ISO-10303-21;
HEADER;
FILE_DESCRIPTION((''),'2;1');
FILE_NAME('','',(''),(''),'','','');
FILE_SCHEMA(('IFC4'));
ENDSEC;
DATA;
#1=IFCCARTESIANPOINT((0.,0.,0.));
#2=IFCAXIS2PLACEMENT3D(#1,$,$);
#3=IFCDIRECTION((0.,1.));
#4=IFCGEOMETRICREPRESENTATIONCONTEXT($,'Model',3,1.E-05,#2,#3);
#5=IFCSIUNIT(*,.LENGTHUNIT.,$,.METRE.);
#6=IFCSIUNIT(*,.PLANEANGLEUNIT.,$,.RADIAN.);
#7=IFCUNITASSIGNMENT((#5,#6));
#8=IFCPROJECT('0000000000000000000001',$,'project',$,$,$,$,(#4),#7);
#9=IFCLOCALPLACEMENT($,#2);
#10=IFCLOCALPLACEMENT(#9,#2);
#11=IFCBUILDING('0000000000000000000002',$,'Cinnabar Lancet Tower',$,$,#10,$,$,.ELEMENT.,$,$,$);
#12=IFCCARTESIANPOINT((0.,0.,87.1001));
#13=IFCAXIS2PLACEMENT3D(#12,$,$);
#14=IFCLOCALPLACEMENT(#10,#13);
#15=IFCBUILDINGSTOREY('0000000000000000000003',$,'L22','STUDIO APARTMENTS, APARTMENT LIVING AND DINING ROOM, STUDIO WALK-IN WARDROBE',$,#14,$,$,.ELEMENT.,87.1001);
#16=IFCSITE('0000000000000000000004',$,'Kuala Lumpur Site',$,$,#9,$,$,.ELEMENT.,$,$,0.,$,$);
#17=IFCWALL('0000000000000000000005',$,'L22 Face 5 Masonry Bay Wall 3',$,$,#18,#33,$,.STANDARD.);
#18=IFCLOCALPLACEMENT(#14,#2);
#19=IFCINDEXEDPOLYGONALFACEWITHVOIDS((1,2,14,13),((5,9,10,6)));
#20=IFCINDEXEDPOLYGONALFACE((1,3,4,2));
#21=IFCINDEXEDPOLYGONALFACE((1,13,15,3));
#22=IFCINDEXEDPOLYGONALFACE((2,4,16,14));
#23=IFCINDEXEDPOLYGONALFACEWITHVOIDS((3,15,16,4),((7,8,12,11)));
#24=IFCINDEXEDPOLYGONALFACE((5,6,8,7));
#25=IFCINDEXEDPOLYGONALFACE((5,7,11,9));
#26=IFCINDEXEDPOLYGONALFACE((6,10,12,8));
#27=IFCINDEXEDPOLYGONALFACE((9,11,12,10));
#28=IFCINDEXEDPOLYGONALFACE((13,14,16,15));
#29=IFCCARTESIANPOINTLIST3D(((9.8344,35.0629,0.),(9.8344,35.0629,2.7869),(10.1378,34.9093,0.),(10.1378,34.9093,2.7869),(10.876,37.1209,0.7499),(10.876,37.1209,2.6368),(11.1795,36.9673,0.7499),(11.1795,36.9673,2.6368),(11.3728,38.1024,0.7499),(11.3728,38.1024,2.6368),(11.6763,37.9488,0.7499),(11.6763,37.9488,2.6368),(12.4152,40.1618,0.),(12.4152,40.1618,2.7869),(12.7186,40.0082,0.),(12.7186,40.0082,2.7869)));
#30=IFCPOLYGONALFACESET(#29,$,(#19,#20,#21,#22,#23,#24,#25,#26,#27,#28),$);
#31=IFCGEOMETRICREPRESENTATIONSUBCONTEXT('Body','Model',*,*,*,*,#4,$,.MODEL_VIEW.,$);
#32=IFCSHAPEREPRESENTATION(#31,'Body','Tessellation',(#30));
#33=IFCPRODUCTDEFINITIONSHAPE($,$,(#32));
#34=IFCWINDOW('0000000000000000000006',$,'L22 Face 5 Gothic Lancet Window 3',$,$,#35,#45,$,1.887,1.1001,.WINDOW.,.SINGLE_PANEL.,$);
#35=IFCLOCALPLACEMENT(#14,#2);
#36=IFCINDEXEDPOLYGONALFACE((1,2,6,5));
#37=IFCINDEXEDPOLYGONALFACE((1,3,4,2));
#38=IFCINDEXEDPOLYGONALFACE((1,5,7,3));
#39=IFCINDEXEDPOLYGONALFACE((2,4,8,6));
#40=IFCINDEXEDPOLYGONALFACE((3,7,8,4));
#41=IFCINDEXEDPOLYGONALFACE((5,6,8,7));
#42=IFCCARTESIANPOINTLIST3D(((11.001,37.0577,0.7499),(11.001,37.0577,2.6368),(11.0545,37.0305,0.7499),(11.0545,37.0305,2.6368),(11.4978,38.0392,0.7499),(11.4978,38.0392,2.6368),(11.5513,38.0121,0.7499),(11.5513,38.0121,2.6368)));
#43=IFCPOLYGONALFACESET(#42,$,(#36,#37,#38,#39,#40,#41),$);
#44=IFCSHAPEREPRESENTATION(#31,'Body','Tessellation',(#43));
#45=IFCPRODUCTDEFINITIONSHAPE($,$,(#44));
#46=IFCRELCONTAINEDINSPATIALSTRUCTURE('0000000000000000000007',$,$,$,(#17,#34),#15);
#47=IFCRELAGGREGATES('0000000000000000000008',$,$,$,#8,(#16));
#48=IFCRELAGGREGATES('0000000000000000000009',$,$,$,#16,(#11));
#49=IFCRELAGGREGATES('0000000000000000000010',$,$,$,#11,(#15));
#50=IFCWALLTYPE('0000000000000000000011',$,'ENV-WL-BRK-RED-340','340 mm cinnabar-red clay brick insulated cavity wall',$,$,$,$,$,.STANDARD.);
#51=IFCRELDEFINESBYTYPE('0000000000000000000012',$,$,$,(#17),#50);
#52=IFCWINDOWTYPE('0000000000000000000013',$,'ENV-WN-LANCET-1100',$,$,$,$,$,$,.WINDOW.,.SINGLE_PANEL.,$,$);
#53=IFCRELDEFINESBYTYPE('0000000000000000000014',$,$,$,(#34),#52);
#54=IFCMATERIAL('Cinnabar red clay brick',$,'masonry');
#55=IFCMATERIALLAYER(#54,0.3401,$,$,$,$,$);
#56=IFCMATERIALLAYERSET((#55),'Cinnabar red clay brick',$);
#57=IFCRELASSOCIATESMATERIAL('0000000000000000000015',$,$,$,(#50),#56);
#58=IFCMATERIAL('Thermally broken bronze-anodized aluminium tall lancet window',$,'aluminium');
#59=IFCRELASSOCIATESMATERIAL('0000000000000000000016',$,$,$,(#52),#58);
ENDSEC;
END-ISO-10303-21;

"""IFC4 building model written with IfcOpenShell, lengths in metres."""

from ifc_helpers import new_model, si_unit, direction, frame, frame_2d, origin, place, context, subcontext, project, spatial, rectangle, extrude, material, layer, layer_set, type_object, element, fill, save


model = new_model("IFC4")

# Units and contexts
model_context = context("Model", 3, precision=1e-05, world=origin(), true_north=direction((0.0, 1.0)))
body_context = subcontext(model_context, "Body", "Model", "MODEL_VIEW")
ifc_project = project(units=[si_unit("LENGTHUNIT", "METRE"), si_unit("PLANEANGLEUNIT", "RADIAN")], contexts=[model_context])

# Site, building, storey
site_placement = place(None, origin())
site = spatial("IfcSite", under=ifc_project, at=site_placement, Name="Kuala Lumpur Site", CompositionType="ELEMENT", RefElevation=0.0)
building_placement = place(site_placement, origin())
building = spatial("IfcBuilding", under=site, at=building_placement, Name="Cinnabar Lancet Tower", CompositionType="ELEMENT")
storey_placement = place(building_placement, frame((0.0, 0.0, 87.1001)))
storey = spatial("IfcBuildingStorey", under=building, at=storey_placement, Name="L22", Description="STUDIO APARTMENTS, APARTMENT LIVING AND DINING ROOM, STUDIO WALK-IN WARDROBE", CompositionType="ELEMENT", Elevation=87.1001)

# Shared definitions
ifc_material_1 = material(Name="Cinnabar red clay brick", Category="masonry")
ifc_layer_1 = layer(ifc_material_1, 0.3401)
ifc_layer_set_1 = layer_set([ifc_layer_1], Name="Cinnabar red clay brick")
wall_type_1 = type_object("IfcWallType", Name="ENV-WL-BRK-RED-340", Description="340 mm cinnabar-red clay brick insulated cavity wall", PredefinedType="STANDARD", material=ifc_layer_set_1)

# Wall, opening, window
ifc_material_2 = material(Name="Thermally broken bronze-anodized aluminium tall lancet window", Category="aluminium")
window_type = type_object("IfcWindowType", Name="ENV-WN-LANCET-1100", PartitioningType="SINGLE_PANEL", PredefinedType="WINDOW", material=ifc_material_2)
wall_1_placement = place(storey_placement, frame((12.5669, 40.085, 0.0), z_axis=(0.0, 0.0, 1.0), x_axis=(-0.4516, -0.892221, 0.0)))
wall_1 = element("IfcWall", 1, at=wall_1_placement, inside=storey, type_object=wall_type_1, Name="L22 Face 5 Masonry Bay Wall 3", PredefinedType="STANDARD", context=body_context, shape_type="SweptSolid", body=[
    extrude(rectangle(XDim=5.7148, YDim=0.3401, at=frame_2d((2.8574, 0.0))), origin(), (0.0, 0.0, 1.0), 2.7869),
])
opening_1_placement = place(wall_1_placement, frame((2.3081, 0.0, 0.75)))
opening_1 = element("IfcOpeningElement", 2, at=opening_1_placement, cuts=wall_1, PredefinedType="OPENING", context=body_context, shape_type="SweptSolid", body=[
    extrude(rectangle(XDim=1.1001, YDim=1.887, at=frame_2d((0.55, 0.9434))), frame((0.0, 0.1799, 0.0), z_axis=(0.0, -1.0, 0.0), x_axis=(1.0, 0.0, 0.0)), (0.0, 0.0, 1.0), 0.3601),
])
window_1_placement = place(opening_1_placement, origin())
window_1 = element("IfcWindow", 3, at=window_1_placement, inside=storey, type_object=window_type, Name="L22 Face 5 Gothic Lancet Window 3", OverallHeight=1.887, OverallWidth=1.1001, PartitioningType="SINGLE_PANEL", PredefinedType="WINDOW", context=body_context, shape_type="SweptSolid", body=[
    extrude(rectangle(XDim=1.1001, YDim=1.887, at=frame_2d((0.55, 0.9434))), frame((0.0, 0.03, 0.0), z_axis=(0.0, -1.0, 0.0), x_axis=(1.0, 0.0, 0.0)), (0.0, 0.0, 1.0), 0.0601),
])
fill(opening_1, window_1)

save(model, "model.ifc")
